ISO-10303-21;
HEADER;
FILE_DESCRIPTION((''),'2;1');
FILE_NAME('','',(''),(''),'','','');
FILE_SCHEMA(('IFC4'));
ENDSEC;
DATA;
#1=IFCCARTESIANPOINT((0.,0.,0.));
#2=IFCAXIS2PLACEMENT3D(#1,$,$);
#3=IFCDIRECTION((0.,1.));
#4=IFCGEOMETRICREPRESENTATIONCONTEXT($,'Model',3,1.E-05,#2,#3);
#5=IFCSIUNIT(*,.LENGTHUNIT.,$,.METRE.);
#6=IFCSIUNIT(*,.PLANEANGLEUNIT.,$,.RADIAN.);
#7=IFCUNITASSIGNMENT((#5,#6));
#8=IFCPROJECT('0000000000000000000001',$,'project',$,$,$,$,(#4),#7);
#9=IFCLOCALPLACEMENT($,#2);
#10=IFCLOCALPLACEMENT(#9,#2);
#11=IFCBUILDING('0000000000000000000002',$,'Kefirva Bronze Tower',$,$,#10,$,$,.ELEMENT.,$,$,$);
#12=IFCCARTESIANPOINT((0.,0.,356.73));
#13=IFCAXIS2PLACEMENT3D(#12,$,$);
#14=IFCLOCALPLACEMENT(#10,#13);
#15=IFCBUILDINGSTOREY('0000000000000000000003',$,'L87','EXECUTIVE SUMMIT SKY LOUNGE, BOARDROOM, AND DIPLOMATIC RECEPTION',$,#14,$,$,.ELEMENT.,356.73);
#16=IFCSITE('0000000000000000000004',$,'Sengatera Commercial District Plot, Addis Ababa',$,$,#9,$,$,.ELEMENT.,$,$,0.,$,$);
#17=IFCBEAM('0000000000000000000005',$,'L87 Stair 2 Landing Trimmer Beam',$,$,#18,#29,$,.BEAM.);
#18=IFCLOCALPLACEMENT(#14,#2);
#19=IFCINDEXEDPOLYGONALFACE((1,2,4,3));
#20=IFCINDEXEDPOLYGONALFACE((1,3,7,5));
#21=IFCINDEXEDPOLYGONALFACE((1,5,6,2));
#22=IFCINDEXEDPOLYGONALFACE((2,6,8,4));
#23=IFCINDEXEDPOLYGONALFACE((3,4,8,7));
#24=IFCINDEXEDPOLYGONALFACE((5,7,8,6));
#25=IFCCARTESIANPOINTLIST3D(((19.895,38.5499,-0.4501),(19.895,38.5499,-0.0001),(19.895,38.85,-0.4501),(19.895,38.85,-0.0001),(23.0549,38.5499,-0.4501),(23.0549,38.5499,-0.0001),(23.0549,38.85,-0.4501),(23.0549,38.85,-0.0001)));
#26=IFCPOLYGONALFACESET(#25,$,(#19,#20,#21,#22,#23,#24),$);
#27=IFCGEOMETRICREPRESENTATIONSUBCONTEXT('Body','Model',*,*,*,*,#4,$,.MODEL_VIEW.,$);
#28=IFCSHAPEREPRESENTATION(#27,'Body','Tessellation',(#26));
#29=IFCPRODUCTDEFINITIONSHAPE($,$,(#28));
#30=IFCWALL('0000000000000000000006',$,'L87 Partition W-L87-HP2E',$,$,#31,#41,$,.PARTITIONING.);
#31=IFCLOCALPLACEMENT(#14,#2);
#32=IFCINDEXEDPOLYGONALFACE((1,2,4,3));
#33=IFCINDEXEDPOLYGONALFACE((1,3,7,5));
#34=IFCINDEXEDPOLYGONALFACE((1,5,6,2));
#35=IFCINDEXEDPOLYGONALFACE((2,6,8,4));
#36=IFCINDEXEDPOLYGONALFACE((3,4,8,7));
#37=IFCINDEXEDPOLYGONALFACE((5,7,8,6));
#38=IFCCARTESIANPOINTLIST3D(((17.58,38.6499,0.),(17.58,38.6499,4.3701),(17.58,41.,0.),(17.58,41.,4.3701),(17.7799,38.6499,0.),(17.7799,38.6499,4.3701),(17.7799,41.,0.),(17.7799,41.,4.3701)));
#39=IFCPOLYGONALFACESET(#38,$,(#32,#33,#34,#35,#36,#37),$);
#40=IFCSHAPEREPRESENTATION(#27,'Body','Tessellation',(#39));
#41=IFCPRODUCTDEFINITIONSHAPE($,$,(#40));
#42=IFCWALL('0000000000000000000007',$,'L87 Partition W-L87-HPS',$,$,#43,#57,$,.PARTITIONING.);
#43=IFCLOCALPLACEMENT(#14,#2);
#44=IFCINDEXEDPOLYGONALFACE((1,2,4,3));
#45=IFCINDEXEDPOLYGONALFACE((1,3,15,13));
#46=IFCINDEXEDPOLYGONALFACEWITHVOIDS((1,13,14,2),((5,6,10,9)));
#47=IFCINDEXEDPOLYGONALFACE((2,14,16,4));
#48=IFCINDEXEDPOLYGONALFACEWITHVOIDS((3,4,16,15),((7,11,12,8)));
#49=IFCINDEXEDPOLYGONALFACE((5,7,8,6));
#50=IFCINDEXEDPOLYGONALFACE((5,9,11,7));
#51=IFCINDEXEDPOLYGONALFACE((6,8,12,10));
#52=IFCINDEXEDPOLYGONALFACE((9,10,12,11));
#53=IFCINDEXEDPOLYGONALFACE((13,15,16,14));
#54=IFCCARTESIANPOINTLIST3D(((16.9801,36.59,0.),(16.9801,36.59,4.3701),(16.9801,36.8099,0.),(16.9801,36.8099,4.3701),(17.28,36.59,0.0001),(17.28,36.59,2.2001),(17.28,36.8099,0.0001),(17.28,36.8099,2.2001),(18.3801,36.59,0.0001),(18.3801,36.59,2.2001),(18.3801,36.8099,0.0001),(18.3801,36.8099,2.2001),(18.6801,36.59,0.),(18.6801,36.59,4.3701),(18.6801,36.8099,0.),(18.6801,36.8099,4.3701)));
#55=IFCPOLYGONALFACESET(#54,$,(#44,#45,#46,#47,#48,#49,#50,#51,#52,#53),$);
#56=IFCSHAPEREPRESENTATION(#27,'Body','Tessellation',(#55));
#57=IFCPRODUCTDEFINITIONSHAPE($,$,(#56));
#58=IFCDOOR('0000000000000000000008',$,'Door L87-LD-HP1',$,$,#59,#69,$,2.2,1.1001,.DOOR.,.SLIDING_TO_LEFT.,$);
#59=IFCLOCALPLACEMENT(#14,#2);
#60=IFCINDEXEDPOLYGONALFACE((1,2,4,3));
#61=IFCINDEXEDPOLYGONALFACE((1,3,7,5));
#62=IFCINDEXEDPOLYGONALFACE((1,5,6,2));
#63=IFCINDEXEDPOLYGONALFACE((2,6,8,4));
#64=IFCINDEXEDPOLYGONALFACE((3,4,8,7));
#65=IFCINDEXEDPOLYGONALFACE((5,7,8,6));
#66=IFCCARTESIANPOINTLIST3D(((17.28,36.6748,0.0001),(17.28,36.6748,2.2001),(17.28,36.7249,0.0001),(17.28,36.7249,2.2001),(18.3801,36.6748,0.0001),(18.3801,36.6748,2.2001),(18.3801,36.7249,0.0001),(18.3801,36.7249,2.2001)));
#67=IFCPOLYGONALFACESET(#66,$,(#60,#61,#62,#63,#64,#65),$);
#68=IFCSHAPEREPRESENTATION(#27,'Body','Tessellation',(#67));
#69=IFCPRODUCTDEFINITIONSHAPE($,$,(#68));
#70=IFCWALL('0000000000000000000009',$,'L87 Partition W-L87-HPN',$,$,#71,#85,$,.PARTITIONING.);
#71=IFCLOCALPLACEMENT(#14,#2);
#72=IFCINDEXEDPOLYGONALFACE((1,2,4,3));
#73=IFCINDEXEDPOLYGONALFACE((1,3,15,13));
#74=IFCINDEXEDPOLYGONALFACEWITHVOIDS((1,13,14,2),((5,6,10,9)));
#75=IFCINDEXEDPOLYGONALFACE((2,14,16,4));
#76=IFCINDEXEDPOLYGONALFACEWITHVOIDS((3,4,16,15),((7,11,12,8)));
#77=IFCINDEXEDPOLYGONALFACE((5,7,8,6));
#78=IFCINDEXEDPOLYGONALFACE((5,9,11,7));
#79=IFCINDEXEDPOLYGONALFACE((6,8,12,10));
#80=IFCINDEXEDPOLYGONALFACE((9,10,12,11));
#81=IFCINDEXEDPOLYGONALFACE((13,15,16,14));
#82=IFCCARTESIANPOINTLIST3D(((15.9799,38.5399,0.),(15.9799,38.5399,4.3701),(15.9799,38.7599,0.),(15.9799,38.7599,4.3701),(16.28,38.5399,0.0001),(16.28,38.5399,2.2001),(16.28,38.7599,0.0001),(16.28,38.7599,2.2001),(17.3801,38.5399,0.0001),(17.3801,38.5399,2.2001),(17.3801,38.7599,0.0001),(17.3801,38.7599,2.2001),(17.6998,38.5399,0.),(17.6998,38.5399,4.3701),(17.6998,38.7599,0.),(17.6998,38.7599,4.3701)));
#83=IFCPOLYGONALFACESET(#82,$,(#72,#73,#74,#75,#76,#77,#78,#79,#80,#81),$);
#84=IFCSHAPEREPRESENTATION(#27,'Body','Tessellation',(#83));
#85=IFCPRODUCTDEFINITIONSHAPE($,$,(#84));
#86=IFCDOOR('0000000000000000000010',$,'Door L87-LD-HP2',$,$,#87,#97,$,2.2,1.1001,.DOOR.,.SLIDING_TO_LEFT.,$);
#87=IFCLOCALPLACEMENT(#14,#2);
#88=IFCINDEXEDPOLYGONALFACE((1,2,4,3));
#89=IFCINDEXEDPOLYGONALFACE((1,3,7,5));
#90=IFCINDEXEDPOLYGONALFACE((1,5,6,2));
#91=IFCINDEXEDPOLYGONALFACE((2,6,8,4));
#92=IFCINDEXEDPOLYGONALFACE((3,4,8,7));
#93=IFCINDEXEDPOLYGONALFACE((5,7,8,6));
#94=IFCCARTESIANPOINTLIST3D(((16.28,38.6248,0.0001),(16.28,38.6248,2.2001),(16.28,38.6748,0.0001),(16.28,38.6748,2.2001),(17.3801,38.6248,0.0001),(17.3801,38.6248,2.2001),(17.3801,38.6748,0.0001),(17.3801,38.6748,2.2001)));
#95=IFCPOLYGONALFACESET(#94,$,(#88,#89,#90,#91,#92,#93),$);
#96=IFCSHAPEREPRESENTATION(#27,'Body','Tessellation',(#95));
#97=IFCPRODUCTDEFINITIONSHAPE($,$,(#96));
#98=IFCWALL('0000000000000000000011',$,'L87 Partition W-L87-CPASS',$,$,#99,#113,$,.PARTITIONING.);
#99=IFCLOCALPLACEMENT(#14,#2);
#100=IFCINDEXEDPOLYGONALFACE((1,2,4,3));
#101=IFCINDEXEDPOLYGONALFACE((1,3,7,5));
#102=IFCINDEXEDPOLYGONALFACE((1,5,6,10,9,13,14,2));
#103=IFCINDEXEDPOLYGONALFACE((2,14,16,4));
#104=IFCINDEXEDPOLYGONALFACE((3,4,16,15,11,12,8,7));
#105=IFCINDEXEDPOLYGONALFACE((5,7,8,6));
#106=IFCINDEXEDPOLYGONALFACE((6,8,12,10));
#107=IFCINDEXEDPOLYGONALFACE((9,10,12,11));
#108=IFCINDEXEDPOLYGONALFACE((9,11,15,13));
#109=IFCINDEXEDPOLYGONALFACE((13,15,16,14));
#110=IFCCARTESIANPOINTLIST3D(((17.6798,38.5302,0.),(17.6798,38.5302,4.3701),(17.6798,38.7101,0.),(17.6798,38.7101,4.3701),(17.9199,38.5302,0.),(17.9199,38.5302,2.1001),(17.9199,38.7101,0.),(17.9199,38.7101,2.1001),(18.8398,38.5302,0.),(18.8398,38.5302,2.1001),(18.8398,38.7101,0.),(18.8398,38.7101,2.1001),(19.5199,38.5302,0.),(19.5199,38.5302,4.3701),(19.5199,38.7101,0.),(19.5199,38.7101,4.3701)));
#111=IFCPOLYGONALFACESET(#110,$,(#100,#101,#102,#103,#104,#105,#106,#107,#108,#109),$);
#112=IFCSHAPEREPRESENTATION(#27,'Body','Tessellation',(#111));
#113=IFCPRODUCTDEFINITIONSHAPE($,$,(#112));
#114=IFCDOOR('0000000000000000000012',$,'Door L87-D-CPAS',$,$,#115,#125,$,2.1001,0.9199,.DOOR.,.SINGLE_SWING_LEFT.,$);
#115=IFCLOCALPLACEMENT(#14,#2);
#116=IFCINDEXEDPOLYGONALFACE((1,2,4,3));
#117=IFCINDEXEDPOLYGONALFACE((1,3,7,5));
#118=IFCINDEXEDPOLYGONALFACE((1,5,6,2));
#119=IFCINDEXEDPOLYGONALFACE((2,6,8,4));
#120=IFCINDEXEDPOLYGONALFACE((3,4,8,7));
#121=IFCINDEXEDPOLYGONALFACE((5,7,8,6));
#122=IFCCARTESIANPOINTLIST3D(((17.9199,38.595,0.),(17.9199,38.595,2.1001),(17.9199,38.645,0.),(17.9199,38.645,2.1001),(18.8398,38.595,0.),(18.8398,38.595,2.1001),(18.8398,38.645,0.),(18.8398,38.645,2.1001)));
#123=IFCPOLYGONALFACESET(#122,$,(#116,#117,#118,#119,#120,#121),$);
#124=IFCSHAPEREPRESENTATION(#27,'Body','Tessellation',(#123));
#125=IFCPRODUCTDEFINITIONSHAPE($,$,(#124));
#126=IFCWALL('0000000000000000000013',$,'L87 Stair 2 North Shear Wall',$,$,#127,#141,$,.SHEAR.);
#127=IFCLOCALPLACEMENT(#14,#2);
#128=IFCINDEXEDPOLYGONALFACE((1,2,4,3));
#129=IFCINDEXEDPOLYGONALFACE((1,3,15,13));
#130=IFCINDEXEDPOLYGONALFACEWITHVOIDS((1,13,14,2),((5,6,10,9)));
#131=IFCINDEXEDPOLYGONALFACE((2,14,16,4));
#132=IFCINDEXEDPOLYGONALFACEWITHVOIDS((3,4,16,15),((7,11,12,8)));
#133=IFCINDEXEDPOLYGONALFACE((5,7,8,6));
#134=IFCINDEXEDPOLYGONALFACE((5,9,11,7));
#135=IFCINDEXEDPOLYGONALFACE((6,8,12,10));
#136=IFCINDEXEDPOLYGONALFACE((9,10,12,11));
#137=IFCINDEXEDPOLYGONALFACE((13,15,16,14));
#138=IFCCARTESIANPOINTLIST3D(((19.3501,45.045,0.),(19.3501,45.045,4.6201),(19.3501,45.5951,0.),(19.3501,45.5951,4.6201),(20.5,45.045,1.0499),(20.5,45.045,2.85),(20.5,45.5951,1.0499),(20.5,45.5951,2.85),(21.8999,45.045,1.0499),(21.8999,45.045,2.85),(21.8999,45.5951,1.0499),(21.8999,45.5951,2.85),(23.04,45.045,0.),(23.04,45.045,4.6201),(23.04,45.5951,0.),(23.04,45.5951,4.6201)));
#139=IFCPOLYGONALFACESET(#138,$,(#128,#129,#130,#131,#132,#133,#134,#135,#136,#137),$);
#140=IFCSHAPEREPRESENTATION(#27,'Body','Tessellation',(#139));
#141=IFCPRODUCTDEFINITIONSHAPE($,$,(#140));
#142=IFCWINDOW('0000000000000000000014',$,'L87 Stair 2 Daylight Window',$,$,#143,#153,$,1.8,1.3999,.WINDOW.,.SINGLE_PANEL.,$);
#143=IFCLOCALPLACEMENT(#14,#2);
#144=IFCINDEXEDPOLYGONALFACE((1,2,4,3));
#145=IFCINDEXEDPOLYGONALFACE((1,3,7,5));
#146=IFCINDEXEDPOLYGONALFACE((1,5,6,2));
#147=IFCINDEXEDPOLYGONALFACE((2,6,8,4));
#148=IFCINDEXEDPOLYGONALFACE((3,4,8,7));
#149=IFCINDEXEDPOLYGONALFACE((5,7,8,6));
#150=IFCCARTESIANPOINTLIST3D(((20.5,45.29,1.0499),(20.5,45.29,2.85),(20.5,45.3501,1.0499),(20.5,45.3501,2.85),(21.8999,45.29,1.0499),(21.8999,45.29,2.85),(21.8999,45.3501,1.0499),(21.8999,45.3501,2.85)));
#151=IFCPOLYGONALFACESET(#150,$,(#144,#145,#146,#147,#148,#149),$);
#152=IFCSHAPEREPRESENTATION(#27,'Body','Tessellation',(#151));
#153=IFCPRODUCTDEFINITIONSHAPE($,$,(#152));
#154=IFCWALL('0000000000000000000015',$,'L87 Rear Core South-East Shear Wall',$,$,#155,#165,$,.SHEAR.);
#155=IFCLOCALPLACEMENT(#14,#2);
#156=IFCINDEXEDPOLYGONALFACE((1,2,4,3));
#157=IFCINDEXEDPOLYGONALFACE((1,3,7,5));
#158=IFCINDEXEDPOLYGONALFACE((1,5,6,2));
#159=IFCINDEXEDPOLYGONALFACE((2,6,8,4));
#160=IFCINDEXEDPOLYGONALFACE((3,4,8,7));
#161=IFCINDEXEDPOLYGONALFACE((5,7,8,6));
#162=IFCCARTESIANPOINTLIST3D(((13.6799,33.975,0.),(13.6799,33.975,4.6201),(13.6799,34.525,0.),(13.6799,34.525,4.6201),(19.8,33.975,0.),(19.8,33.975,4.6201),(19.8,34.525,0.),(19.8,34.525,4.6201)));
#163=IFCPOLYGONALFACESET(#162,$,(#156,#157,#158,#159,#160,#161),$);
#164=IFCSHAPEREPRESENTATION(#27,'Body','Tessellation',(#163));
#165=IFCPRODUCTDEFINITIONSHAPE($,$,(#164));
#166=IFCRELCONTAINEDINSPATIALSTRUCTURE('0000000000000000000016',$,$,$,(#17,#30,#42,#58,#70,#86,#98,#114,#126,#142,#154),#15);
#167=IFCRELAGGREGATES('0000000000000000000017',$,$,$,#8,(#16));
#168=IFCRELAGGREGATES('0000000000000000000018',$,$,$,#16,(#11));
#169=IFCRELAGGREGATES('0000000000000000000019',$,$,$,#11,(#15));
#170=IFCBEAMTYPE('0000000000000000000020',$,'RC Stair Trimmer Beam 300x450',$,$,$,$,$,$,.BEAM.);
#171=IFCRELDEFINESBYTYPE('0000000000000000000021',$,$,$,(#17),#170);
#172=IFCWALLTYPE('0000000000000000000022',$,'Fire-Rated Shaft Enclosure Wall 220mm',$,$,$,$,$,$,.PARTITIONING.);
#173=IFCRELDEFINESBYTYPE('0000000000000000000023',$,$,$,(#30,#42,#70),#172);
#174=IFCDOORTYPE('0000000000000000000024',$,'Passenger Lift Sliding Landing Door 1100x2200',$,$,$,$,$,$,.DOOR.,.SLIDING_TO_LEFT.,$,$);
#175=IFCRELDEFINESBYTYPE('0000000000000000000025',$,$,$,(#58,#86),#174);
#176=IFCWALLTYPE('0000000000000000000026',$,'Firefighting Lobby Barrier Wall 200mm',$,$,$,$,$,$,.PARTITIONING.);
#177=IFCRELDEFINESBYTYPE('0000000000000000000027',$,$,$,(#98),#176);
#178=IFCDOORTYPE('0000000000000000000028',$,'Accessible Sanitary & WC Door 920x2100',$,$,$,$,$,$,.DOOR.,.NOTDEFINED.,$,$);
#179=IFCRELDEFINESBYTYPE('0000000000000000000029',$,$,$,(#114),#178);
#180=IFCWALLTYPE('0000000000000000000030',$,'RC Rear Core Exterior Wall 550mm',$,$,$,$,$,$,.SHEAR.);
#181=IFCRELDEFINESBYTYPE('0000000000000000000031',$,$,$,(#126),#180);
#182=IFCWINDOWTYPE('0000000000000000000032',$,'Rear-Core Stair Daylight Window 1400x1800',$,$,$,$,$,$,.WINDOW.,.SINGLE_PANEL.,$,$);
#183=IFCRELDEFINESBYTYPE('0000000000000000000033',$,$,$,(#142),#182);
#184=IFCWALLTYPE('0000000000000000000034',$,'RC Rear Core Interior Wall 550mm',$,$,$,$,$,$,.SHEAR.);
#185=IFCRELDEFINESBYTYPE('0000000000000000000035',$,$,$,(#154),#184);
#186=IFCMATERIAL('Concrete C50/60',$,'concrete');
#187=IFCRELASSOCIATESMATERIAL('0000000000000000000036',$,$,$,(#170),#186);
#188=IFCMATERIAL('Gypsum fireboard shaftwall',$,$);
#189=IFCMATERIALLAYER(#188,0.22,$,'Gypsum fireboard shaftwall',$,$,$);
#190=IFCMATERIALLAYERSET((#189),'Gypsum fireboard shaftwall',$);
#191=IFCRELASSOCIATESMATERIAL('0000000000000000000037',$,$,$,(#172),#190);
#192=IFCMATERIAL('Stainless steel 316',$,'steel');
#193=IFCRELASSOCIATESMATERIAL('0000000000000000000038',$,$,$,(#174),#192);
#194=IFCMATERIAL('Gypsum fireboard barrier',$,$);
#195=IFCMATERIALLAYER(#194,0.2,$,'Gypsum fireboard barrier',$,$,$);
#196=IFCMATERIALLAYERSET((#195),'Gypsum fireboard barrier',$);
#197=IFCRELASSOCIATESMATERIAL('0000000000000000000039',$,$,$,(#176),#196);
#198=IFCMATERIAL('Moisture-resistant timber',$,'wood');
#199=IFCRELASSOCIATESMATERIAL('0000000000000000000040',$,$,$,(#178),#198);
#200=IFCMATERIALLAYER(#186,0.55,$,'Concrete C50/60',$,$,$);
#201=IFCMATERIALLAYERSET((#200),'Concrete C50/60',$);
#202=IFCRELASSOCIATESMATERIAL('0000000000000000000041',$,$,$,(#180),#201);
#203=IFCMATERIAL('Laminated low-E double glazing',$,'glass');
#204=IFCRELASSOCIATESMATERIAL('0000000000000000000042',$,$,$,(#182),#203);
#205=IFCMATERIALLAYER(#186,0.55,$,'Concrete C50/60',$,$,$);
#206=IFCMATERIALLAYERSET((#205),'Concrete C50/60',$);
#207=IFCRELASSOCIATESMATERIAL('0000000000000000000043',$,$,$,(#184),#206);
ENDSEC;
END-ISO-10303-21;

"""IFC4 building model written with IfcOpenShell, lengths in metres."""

from ifc_helpers import new_model, si_unit, direction, frame, frame_2d, origin, origin_2d, place, context, subcontext, project, spatial, rectangle, extrude, material, layer, layer_set, material_profile, profile_set, type_object, element, fill, save


model = new_model("IFC4")

# Units and contexts
model_context = context("Model", 3, precision=1e-05, world=origin(), true_north=direction((0.0, 1.0)))
body_context = subcontext(model_context, "Body", "Model", "MODEL_VIEW")
ifc_project = project(units=[si_unit("LENGTHUNIT", "METRE"), si_unit("PLANEANGLEUNIT", "RADIAN")], contexts=[model_context])

# Site, building, storey
site_placement = place(None, origin())
site = spatial("IfcSite", under=ifc_project, at=site_placement, Name="Sengatera Commercial District Plot, Addis Ababa", CompositionType="ELEMENT", RefElevation=0.0)
building_placement = place(site_placement, origin())
building = spatial("IfcBuilding", under=site, at=building_placement, Name="Kefirva Bronze Tower", CompositionType="ELEMENT")
storey_placement = place(building_placement, frame((0.0, 0.0, 356.73)))
storey = spatial("IfcBuildingStorey", under=building, at=storey_placement, Name="L87", Description="EXECUTIVE SUMMIT SKY LOUNGE, BOARDROOM, AND DIPLOMATIC RECEPTION", CompositionType="ELEMENT", Elevation=356.73)

# Beam
ifc_material_1 = material(Name="Concrete C50/60", Category="concrete")
ifc_material_profile = material_profile(ifc_material_1, rectangle(XDim=0.3, YDim=0.45, at=origin_2d()), Name="RC 300x450")
ifc_profile_set = profile_set([ifc_material_profile], Name="Concrete C50/60")
beam_type = type_object("IfcBeamType", Name="RC Stair Trimmer Beam 300x450", PredefinedType="BEAM", material=ifc_profile_set)
beam_placement = place(storey_placement, frame((19.895, 38.7, -0.2251), z_axis=(1.0, 0.0, 0.0), x_axis=(0.0, 1.0, 0.0)))
element("IfcBeam", 1, at=beam_placement, inside=storey, type_object=beam_type, Name="L87 Stair 2 Landing Trimmer Beam", PredefinedType="BEAM", context=body_context, shape_type="SweptSolid", body=[
    extrude(rectangle(XDim=0.3, YDim=0.45, at=origin_2d()), origin(), (0.0, 0.0, 1.0), 3.1599),
])

# Shared definitions
ifc_material_2 = material(Name="Gypsum fireboard shaftwall")
ifc_layer_1 = layer(ifc_material_2, 0.22, Name="Gypsum fireboard shaftwall")
ifc_layer_set_1 = layer_set([ifc_layer_1], Name="Gypsum fireboard shaftwall")
wall_type_1 = type_object("IfcWallType", Name="Fire-Rated Shaft Enclosure Wall 220mm", PredefinedType="PARTITIONING", material=ifc_layer_set_1)

# Wall
wall_1_placement = place(storey_placement, frame((17.6799, 38.6499, 0.0), z_axis=(0.0, 0.0, 1.0), x_axis=(0.0, 1.0, 0.0)))
element("IfcWall", 2, at=wall_1_placement, inside=storey, type_object=wall_type_1, Name="L87 Partition W-L87-HP2E", PredefinedType="PARTITIONING", context=body_context, shape_type="SweptSolid", body=[
    extrude(rectangle(XDim=2.3501, YDim=0.2, at=frame_2d((1.175, 0.0))), origin(), (0.0, 0.0, 1.0), 4.3701),
])

# Walls, openings, doors
wall_2_placement = place(storey_placement, frame((16.98, 36.7, 0.0), z_axis=(0.0, 0.0, 1.0), x_axis=(1.0, 0.0, 0.0)))
wall_2 = element("IfcWall", 3, at=wall_2_placement, inside=storey, type_object=wall_type_1, Name="L87 Partition W-L87-HPS", PredefinedType="PARTITIONING", context=body_context, shape_type="SweptSolid", body=[
    extrude(rectangle(XDim=1.7, YDim=0.22, at=frame_2d((0.8501, 0.0))), origin(), (0.0, 0.0, 1.0), 4.3701),
])
opening_1_placement = place(wall_2_placement, frame((0.3, 0.0, 0.0)))
opening_1 = element("IfcOpeningElement", 4, at=opening_1_placement, cuts=wall_2, PredefinedType="OPENING", context=body_context, shape_type="SweptSolid", body=[
    extrude(rectangle(XDim=1.1001, YDim=2.2, at=frame_2d((0.55, 1.1001))), frame((0.0, 0.1201, 0.0), z_axis=(0.0, -1.0, 0.0), x_axis=(1.0, 0.0, 0.0)), (0.0, 0.0, 1.0), 0.24),
])
ifc_material_3 = material(Name="Stainless steel 316", Category="steel")
door_type_1 = type_object("IfcDoorType", Name="Passenger Lift Sliding Landing Door 1100x2200", OperationType="SLIDING_TO_LEFT", PredefinedType="DOOR", material=ifc_material_3)
door_1_placement = place(opening_1_placement, origin())
door_1 = element("IfcDoor", 5, at=door_1_placement, inside=storey, type_object=door_type_1, Name="Door L87-LD-HP1", OperationType="SLIDING_TO_LEFT", OverallHeight=2.2, OverallWidth=1.1001, PredefinedType="DOOR", context=body_context, shape_type="SweptSolid", body=[
    extrude(rectangle(XDim=1.1001, YDim=2.2, at=frame_2d((0.55, 1.1001))), frame((0.0, 0.0249, 0.0), z_axis=(0.0, -1.0, 0.0), x_axis=(1.0, 0.0, 0.0)), (0.0, 0.0, 1.0), 0.05),
])
fill(opening_1, door_1)
wall_3_placement = place(storey_placement, frame((15.98, 38.6499, 0.0), z_axis=(0.0, 0.0, 1.0), x_axis=(1.0, 0.0, 0.0)))
wall_3 = element("IfcWall", 6, at=wall_3_placement, inside=storey, type_object=wall_type_1, Name="L87 Partition W-L87-HPN", PredefinedType="PARTITIONING", context=body_context, shape_type="SweptSolid", body=[
    extrude(rectangle(XDim=1.72, YDim=0.22, at=frame_2d((0.8599, 0.0))), origin(), (0.0, 0.0, 1.0), 4.3701),
])
opening_2_placement = place(wall_3_placement, frame((0.3, 0.0, 0.0)))
opening_2 = element("IfcOpeningElement", 7, at=opening_2_placement, cuts=wall_3, PredefinedType="OPENING", context=body_context, shape_type="SweptSolid", body=[
    extrude(rectangle(XDim=1.1001, YDim=2.2, at=frame_2d((0.55, 1.1001))), frame((0.0, 0.1201, 0.0), z_axis=(0.0, -1.0, 0.0), x_axis=(1.0, 0.0, 0.0)), (0.0, 0.0, 1.0), 0.24),
])
door_2_placement = place(opening_2_placement, origin())
door_2 = element("IfcDoor", 8, at=door_2_placement, inside=storey, type_object=door_type_1, Name="Door L87-LD-HP2", OperationType="SLIDING_TO_LEFT", OverallHeight=2.2, OverallWidth=1.1001, PredefinedType="DOOR", context=body_context, shape_type="SweptSolid", body=[
    extrude(rectangle(XDim=1.1001, YDim=2.2, at=frame_2d((0.55, 1.1001))), frame((0.0, 0.0249, 0.0), z_axis=(0.0, -1.0, 0.0), x_axis=(1.0, 0.0, 0.0)), (0.0, 0.0, 1.0), 0.05),
])
fill(opening_2, door_2)
ifc_material_4 = material(Name="Gypsum fireboard barrier")
ifc_layer_2 = layer(ifc_material_4, 0.2, Name="Gypsum fireboard barrier")
ifc_layer_set_2 = layer_set([ifc_layer_2], Name="Gypsum fireboard barrier")
wall_type_2 = type_object("IfcWallType", Name="Firefighting Lobby Barrier Wall 200mm", PredefinedType="PARTITIONING", material=ifc_layer_set_2)
wall_4_placement = place(storey_placement, frame((17.6799, 38.6201, 0.0), z_axis=(0.0, 0.0, 1.0), x_axis=(1.0, 0.0, 0.0)))
wall_4 = element("IfcWall", 9, at=wall_4_placement, inside=storey, type_object=wall_type_2, Name="L87 Partition W-L87-CPASS", PredefinedType="PARTITIONING", context=body_context, shape_type="SweptSolid", body=[
    extrude(rectangle(XDim=1.8401, YDim=0.1799, at=frame_2d((0.9199, 0.0))), origin(), (0.0, 0.0, 1.0), 4.3701),
])
opening_3_placement = place(wall_4_placement, frame((0.24, 0.0, 0.0)))
opening_3 = element("IfcOpeningElement", 10, at=opening_3_placement, cuts=wall_4, PredefinedType="OPENING", context=body_context, shape_type="SweptSolid", body=[
    extrude(rectangle(XDim=0.9199, YDim=2.1001, at=frame_2d((0.46, 1.05))), frame((0.0, 0.1001, 0.0), z_axis=(0.0, -1.0, 0.0), x_axis=(1.0, 0.0, 0.0)), (0.0, 0.0, 1.0), 0.2),
])
ifc_material_5 = material(Name="Moisture-resistant timber", Category="wood")
door_type_2 = type_object("IfcDoorType", Name="Accessible Sanitary & WC Door 920x2100", OperationType="NOTDEFINED", PredefinedType="DOOR", material=ifc_material_5)
door_3_placement = place(opening_3_placement, origin())
door_3 = element("IfcDoor", 11, at=door_3_placement, inside=storey, type_object=door_type_2, Name="Door L87-D-CPAS", OperationType="SINGLE_SWING_LEFT", OverallHeight=2.1001, OverallWidth=0.9199, PredefinedType="DOOR", context=body_context, shape_type="SweptSolid", body=[
    extrude(rectangle(XDim=0.9199, YDim=2.1001, at=frame_2d((0.46, 1.05))), frame((0.0, 0.0249, 0.0), z_axis=(0.0, -1.0, 0.0), x_axis=(1.0, 0.0, 0.0)), (0.0, 0.0, 1.0), 0.05),
])
fill(opening_3, door_3)

# Wall, opening, window
ifc_layer_3 = layer(ifc_material_1, 0.55, Name="Concrete C50/60")
ifc_layer_set_3 = layer_set([ifc_layer_3], Name="Concrete C50/60")
wall_type_3 = type_object("IfcWallType", Name="RC Rear Core Exterior Wall 550mm", PredefinedType="SHEAR", material=ifc_layer_set_3)
wall_5_placement = place(storey_placement, frame((19.3501, 45.3201, 0.0), z_axis=(0.0, 0.0, 1.0), x_axis=(1.0, 0.0, 0.0)))
wall_5 = element("IfcWall", 12, at=wall_5_placement, inside=storey, type_object=wall_type_3, Name="L87 Stair 2 North Shear Wall", PredefinedType="SHEAR", context=body_context, shape_type="SweptSolid", body=[
    extrude(rectangle(XDim=3.6899, YDim=0.55, at=frame_2d((1.845, 0.0))), origin(), (0.0, 0.0, 1.0), 4.6201),
])
opening_4_placement = place(wall_5_placement, frame((1.1499, 0.0, 1.05)))
opening_4 = element("IfcOpeningElement", 13, at=opening_4_placement, cuts=wall_5, PredefinedType="OPENING", context=body_context, shape_type="SweptSolid", body=[
    extrude(rectangle(XDim=1.3999, YDim=1.8, at=frame_2d((0.7, 0.8999))), frame((0.0, 0.2852, 0.0), z_axis=(0.0, -1.0, 0.0), x_axis=(1.0, 0.0, 0.0)), (0.0, 0.0, 1.0), 0.5701),
])
ifc_material_6 = material(Name="Laminated low-E double glazing", Category="glass")
window_type = type_object("IfcWindowType", Name="Rear-Core Stair Daylight Window 1400x1800", PartitioningType="SINGLE_PANEL", PredefinedType="WINDOW", material=ifc_material_6)
window_placement = place(opening_4_placement, origin())
window = element("IfcWindow", 14, at=window_placement, inside=storey, type_object=window_type, Name="L87 Stair 2 Daylight Window", OverallHeight=1.8, OverallWidth=1.3999, PartitioningType="SINGLE_PANEL", PredefinedType="WINDOW", context=body_context, shape_type="SweptSolid", body=[
    extrude(rectangle(XDim=1.3999, YDim=1.8, at=frame_2d((0.7, 0.8999))), frame((0.0, 0.03, 0.0), z_axis=(0.0, -1.0, 0.0), x_axis=(1.0, 0.0, 0.0)), (0.0, 0.0, 1.0), 0.0601),
])
fill(opening_4, window)

# Wall
ifc_layer_4 = layer(ifc_material_1, 0.55, Name="Concrete C50/60")
ifc_layer_set_4 = layer_set([ifc_layer_4], Name="Concrete C50/60")
wall_type_4 = type_object("IfcWallType", Name="RC Rear Core Interior Wall 550mm", PredefinedType="SHEAR", material=ifc_layer_set_4)
wall_6_placement = place(storey_placement, frame((13.6799, 34.25, 0.0), z_axis=(0.0, 0.0, 1.0), x_axis=(1.0, 0.0, 0.0)))
element("IfcWall", 15, at=wall_6_placement, inside=storey, type_object=wall_type_4, Name="L87 Rear Core South-East Shear Wall", PredefinedType="SHEAR", context=body_context, shape_type="SweptSolid", body=[
    extrude(rectangle(XDim=6.1201, YDim=0.55, at=frame_2d((3.0601, 0.0))), origin(), (0.0, 0.0, 1.0), 4.6201),
])

save(model, "model.ifc")
